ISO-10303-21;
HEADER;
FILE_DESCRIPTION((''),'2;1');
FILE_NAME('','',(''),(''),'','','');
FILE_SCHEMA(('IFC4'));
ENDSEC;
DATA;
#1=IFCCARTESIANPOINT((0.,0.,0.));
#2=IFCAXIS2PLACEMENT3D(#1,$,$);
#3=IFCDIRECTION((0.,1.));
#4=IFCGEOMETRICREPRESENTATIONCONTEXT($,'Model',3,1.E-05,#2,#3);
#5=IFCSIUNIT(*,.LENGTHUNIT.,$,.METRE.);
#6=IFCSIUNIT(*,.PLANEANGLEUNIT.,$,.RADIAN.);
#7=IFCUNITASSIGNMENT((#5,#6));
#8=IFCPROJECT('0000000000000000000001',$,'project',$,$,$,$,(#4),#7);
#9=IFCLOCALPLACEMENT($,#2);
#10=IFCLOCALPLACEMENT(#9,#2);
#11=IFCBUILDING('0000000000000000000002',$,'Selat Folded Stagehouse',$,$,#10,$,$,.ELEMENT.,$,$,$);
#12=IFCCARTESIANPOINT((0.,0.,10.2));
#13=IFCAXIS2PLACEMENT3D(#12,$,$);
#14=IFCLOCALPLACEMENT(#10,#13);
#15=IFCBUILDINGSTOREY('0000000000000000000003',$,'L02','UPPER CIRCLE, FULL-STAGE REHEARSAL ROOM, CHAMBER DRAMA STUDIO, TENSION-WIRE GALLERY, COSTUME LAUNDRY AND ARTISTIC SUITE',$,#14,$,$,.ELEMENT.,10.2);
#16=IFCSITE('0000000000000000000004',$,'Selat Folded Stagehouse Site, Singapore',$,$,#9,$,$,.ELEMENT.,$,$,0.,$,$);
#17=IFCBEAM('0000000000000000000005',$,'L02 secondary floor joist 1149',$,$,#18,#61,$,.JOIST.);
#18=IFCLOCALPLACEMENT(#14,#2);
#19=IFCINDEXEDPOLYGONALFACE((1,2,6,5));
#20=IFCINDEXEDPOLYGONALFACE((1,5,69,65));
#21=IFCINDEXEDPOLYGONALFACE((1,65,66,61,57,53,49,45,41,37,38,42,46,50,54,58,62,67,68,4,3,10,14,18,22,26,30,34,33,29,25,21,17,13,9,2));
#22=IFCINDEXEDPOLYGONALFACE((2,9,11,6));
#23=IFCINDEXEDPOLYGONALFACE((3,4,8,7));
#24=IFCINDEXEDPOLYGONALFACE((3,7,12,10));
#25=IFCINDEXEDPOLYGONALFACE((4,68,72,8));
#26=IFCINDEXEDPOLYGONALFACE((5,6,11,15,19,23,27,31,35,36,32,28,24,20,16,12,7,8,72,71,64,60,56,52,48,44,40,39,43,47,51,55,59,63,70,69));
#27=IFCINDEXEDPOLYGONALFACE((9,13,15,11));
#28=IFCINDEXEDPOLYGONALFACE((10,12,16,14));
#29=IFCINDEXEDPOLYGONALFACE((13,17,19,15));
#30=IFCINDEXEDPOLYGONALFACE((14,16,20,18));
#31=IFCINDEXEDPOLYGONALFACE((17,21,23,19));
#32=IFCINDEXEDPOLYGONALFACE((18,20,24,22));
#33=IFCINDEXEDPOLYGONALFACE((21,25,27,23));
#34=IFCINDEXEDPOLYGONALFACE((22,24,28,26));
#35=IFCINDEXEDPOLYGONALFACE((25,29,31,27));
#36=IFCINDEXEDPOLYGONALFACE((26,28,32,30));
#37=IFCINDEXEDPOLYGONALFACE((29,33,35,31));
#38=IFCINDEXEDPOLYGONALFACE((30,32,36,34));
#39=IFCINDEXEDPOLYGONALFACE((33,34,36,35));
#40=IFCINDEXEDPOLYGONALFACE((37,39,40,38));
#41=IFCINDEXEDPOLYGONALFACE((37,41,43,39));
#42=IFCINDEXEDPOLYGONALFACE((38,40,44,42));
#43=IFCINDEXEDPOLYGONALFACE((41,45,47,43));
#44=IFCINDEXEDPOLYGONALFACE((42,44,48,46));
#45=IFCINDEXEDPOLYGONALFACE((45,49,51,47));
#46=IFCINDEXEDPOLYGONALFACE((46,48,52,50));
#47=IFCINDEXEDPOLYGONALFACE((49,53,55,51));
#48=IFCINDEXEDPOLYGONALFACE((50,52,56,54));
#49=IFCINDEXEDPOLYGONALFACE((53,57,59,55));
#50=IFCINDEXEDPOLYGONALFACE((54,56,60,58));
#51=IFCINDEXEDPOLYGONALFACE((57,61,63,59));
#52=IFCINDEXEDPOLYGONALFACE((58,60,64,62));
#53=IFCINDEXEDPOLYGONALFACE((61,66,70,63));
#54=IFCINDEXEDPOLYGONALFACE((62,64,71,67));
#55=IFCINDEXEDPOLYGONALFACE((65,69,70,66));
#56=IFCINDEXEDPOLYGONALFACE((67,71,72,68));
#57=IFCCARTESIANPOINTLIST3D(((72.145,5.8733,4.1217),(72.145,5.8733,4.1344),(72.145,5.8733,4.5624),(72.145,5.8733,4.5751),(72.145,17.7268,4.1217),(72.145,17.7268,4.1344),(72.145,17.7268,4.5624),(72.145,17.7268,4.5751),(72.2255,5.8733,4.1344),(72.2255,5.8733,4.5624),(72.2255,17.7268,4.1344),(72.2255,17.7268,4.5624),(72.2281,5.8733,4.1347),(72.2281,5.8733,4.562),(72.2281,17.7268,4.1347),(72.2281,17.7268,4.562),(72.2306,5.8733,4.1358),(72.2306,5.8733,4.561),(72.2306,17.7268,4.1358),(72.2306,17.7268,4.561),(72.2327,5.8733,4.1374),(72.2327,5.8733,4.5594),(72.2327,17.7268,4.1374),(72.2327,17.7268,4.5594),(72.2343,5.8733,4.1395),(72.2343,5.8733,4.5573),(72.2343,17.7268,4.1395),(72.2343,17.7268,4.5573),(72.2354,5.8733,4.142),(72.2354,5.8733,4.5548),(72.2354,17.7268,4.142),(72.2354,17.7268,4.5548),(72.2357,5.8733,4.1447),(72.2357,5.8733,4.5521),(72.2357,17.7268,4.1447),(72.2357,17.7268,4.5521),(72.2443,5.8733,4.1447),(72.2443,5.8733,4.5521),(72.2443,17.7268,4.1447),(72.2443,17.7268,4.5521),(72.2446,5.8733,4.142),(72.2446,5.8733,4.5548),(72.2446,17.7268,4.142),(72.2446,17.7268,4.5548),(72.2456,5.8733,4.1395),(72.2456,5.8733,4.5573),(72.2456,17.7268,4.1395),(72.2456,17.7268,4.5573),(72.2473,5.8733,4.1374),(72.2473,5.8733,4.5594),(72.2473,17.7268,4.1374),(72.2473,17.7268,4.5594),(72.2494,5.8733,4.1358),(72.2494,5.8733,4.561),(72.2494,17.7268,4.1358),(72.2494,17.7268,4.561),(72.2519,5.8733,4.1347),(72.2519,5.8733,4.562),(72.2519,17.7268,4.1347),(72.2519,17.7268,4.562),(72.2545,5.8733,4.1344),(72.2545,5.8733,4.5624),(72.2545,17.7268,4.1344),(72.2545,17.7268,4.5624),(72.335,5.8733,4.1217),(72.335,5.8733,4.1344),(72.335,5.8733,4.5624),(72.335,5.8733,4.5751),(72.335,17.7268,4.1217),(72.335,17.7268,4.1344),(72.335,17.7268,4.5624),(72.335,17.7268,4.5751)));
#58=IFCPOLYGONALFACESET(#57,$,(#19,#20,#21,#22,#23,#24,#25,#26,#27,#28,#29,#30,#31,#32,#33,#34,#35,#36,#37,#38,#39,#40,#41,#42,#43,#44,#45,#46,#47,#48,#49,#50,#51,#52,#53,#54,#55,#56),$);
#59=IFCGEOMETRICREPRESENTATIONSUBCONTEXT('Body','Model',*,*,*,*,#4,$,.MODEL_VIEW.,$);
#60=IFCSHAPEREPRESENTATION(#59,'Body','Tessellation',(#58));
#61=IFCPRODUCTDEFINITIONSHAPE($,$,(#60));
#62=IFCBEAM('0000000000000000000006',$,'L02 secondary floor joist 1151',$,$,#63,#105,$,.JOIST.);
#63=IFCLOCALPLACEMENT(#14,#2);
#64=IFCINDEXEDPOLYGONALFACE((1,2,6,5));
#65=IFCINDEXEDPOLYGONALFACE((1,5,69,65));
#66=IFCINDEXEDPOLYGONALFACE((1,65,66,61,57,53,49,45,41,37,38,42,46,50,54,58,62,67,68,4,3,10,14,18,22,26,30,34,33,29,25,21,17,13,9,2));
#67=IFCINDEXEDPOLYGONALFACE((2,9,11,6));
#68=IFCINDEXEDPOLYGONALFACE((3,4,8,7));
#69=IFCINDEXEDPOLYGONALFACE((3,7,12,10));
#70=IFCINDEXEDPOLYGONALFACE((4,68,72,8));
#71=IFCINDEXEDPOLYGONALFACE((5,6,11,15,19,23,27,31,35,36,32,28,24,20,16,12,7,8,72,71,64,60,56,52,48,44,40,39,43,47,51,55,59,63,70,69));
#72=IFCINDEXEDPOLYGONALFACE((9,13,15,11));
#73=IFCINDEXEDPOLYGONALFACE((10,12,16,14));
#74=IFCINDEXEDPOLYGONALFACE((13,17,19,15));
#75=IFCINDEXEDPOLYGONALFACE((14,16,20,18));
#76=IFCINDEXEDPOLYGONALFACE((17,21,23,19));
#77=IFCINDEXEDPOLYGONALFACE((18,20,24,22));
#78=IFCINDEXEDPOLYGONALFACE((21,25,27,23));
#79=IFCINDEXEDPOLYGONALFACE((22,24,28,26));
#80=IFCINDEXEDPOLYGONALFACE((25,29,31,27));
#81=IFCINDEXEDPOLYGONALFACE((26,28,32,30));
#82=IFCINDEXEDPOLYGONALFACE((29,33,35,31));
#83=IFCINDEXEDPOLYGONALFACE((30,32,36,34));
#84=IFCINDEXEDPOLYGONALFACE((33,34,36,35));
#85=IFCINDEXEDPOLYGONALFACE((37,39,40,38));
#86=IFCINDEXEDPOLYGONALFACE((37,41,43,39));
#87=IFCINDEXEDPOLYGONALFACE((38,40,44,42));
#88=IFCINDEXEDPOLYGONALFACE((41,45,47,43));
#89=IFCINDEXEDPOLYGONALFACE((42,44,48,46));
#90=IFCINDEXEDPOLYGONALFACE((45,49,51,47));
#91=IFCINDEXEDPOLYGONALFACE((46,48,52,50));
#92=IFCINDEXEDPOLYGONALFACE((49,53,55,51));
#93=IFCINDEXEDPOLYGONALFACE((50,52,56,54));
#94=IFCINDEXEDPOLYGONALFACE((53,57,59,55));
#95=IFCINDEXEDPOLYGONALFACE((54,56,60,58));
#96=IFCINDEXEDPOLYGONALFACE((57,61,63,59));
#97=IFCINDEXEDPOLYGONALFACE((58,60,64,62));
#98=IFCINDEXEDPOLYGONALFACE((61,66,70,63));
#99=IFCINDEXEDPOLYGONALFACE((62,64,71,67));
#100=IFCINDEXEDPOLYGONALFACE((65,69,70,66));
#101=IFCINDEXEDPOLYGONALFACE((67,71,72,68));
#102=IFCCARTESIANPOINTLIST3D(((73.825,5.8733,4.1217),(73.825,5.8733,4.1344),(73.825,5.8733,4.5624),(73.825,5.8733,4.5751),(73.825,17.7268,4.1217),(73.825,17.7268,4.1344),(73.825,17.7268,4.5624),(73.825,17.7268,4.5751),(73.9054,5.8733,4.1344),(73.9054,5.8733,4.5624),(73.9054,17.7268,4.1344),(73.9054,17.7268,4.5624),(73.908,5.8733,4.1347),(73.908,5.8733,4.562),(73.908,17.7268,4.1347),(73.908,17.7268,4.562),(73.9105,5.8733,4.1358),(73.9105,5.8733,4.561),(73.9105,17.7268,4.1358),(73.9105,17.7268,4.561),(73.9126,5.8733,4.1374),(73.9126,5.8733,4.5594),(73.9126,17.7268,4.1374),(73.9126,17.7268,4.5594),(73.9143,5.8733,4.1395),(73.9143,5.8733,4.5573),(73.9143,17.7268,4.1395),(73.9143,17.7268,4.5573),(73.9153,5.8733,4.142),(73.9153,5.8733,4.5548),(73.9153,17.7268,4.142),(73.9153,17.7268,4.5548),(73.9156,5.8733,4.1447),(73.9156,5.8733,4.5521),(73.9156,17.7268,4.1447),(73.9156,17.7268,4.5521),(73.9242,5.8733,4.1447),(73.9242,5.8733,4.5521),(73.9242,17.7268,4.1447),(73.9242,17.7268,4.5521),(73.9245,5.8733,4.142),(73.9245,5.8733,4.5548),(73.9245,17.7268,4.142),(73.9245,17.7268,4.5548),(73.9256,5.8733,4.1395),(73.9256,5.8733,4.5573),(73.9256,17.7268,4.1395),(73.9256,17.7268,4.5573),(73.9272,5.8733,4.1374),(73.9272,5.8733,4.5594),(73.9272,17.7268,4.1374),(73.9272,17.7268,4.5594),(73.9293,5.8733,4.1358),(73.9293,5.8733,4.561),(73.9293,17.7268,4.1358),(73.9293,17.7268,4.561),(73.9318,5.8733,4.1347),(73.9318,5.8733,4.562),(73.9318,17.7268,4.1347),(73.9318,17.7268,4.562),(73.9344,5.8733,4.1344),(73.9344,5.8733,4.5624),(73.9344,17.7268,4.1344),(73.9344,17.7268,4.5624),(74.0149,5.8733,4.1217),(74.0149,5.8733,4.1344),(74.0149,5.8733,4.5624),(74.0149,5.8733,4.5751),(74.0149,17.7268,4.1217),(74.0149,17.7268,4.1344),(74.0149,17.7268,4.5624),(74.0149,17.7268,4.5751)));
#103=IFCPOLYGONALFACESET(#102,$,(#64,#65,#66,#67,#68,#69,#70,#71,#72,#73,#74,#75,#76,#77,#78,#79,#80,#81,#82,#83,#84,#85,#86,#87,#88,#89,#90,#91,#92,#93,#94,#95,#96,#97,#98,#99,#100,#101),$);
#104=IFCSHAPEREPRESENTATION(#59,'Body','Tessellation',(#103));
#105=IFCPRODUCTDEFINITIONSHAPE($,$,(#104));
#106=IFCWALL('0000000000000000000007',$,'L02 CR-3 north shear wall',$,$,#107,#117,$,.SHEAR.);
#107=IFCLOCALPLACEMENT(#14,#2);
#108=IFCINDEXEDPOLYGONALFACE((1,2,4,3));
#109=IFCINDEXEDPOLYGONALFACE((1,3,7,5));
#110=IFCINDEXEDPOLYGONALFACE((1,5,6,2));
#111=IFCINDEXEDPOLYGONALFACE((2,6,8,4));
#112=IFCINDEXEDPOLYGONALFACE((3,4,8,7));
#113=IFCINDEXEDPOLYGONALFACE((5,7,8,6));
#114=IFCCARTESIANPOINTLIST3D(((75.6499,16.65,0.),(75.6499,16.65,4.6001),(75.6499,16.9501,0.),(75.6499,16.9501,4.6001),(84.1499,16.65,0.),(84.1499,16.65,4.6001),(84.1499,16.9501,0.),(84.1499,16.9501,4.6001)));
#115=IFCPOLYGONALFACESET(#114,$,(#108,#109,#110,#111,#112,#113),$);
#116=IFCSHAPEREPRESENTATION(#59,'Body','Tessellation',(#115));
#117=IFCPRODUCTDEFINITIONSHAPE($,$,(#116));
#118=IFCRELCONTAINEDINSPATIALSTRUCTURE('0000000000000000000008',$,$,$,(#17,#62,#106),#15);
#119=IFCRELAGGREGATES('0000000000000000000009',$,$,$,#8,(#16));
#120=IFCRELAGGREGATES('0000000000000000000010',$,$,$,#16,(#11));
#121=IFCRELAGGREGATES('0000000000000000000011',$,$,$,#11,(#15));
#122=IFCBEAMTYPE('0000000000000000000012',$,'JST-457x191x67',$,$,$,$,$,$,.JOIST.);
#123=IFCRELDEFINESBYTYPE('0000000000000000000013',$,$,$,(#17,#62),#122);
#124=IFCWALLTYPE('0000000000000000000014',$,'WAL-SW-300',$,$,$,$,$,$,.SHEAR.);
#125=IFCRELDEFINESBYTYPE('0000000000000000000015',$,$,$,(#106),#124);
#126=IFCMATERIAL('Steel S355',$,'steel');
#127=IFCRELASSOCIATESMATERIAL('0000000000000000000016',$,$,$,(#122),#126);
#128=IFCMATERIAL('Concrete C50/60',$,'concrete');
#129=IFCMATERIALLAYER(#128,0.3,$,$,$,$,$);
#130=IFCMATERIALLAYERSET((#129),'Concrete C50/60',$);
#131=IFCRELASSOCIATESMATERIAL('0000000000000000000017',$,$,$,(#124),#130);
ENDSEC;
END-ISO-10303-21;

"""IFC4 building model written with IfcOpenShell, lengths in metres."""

from ifc_helpers import new_model, si_unit, direction, frame, frame_2d, origin, origin_2d, place, context, subcontext, project, spatial, rectangle, i_section, extrude, material, layer, layer_set, material_profile, profile_set, type_object, element, save


model = new_model("IFC4")

# Units and contexts
model_context = context("Model", 3, precision=1e-05, world=origin(), true_north=direction((0.0, 1.0)))
body_context = subcontext(model_context, "Body", "Model", "MODEL_VIEW")
ifc_project = project(units=[si_unit("LENGTHUNIT", "METRE"), si_unit("PLANEANGLEUNIT", "RADIAN")], contexts=[model_context])

# Site, building, storey
site_placement = place(None, origin())
site = spatial("IfcSite", under=ifc_project, at=site_placement, Name="Selat Folded Stagehouse Site, Singapore", CompositionType="ELEMENT", RefElevation=0.0)
building_placement = place(site_placement, origin())
building = spatial("IfcBuilding", under=site, at=building_placement, Name="Selat Folded Stagehouse", CompositionType="ELEMENT")
storey_placement = place(building_placement, frame((0.0, 0.0, 10.2)))
storey = spatial("IfcBuildingStorey", under=building, at=storey_placement, Name="L02", Description="UPPER CIRCLE, FULL-STAGE REHEARSAL ROOM, CHAMBER DRAMA STUDIO, TENSION-WIRE GALLERY, COSTUME LAUNDRY AND ARTISTIC SUITE", CompositionType="ELEMENT", Elevation=10.2)

# Shared definitions
ifc_material_1 = material(Name="Steel S355", Category="steel")

# Beams
ifc_material_profile_1 = material_profile(ifc_material_1, i_section(OverallWidth=0.1899, OverallDepth=0.4534, WebThickness=0.0085, FlangeThickness=0.0127, FilletRadius=0.0103, at=origin_2d()), Name="UKB 457x191x67")
ifc_profile_set_1 = profile_set([ifc_material_profile_1], Name="Steel S355")
beam_type_1 = type_object("IfcBeamType", Name="JST-457x191x67", PredefinedType="JOIST", material=ifc_profile_set_1)
for number, where, z_axis, x_axis, name in (
    (1, (72.24, 5.8733, 4.3484), (0.0, 1.0, 0.0), (-1.0, 0.0, 0.0), "L02 secondary floor joist 1149"),
    (2, (73.9199, 5.8733, 4.3484), (0.0, 1.0, 0.0), (-1.0, 0.0, 0.0), "L02 secondary floor joist 1151"),
):
    element("IfcBeam", number, at=place(storey_placement, frame(where, z_axis=z_axis, x_axis=x_axis)), inside=storey, type_object=beam_type_1, Name=name, PredefinedType="JOIST", context=body_context, shape_type="SweptSolid", body=[
        extrude(i_section(OverallWidth=0.1899, OverallDepth=0.4534, WebThickness=0.0085, FlangeThickness=0.0127, FilletRadius=0.0103, at=origin_2d()), origin(), (0.0, 0.0, 1.0), 11.8535),
    ])

# Wall
ifc_material_2 = material(Name="Concrete C50/60", Category="concrete")
ifc_layer_1 = layer(ifc_material_2, 0.3)
ifc_layer_set_1 = layer_set([ifc_layer_1], Name="Concrete C50/60")
wall_type = type_object("IfcWallType", Name="WAL-SW-300", PredefinedType="SHEAR", material=ifc_layer_set_1)
wall_placement = place(storey_placement, frame((75.6499, 16.8, 0.0), z_axis=(0.0, 0.0, 1.0), x_axis=(1.0, 0.0, 0.0)))
element("IfcWall", 3, at=wall_placement, inside=storey, type_object=wall_type, Name="L02 CR-3 north shear wall", PredefinedType="SHEAR", context=body_context, shape_type="SweptSolid", body=[
    extrude(rectangle(XDim=8.5, YDim=0.3, at=frame_2d((4.25, 0.0))), origin(), (0.0, 0.0, 1.0), 4.6001),
])

save(model, "model.ifc")
